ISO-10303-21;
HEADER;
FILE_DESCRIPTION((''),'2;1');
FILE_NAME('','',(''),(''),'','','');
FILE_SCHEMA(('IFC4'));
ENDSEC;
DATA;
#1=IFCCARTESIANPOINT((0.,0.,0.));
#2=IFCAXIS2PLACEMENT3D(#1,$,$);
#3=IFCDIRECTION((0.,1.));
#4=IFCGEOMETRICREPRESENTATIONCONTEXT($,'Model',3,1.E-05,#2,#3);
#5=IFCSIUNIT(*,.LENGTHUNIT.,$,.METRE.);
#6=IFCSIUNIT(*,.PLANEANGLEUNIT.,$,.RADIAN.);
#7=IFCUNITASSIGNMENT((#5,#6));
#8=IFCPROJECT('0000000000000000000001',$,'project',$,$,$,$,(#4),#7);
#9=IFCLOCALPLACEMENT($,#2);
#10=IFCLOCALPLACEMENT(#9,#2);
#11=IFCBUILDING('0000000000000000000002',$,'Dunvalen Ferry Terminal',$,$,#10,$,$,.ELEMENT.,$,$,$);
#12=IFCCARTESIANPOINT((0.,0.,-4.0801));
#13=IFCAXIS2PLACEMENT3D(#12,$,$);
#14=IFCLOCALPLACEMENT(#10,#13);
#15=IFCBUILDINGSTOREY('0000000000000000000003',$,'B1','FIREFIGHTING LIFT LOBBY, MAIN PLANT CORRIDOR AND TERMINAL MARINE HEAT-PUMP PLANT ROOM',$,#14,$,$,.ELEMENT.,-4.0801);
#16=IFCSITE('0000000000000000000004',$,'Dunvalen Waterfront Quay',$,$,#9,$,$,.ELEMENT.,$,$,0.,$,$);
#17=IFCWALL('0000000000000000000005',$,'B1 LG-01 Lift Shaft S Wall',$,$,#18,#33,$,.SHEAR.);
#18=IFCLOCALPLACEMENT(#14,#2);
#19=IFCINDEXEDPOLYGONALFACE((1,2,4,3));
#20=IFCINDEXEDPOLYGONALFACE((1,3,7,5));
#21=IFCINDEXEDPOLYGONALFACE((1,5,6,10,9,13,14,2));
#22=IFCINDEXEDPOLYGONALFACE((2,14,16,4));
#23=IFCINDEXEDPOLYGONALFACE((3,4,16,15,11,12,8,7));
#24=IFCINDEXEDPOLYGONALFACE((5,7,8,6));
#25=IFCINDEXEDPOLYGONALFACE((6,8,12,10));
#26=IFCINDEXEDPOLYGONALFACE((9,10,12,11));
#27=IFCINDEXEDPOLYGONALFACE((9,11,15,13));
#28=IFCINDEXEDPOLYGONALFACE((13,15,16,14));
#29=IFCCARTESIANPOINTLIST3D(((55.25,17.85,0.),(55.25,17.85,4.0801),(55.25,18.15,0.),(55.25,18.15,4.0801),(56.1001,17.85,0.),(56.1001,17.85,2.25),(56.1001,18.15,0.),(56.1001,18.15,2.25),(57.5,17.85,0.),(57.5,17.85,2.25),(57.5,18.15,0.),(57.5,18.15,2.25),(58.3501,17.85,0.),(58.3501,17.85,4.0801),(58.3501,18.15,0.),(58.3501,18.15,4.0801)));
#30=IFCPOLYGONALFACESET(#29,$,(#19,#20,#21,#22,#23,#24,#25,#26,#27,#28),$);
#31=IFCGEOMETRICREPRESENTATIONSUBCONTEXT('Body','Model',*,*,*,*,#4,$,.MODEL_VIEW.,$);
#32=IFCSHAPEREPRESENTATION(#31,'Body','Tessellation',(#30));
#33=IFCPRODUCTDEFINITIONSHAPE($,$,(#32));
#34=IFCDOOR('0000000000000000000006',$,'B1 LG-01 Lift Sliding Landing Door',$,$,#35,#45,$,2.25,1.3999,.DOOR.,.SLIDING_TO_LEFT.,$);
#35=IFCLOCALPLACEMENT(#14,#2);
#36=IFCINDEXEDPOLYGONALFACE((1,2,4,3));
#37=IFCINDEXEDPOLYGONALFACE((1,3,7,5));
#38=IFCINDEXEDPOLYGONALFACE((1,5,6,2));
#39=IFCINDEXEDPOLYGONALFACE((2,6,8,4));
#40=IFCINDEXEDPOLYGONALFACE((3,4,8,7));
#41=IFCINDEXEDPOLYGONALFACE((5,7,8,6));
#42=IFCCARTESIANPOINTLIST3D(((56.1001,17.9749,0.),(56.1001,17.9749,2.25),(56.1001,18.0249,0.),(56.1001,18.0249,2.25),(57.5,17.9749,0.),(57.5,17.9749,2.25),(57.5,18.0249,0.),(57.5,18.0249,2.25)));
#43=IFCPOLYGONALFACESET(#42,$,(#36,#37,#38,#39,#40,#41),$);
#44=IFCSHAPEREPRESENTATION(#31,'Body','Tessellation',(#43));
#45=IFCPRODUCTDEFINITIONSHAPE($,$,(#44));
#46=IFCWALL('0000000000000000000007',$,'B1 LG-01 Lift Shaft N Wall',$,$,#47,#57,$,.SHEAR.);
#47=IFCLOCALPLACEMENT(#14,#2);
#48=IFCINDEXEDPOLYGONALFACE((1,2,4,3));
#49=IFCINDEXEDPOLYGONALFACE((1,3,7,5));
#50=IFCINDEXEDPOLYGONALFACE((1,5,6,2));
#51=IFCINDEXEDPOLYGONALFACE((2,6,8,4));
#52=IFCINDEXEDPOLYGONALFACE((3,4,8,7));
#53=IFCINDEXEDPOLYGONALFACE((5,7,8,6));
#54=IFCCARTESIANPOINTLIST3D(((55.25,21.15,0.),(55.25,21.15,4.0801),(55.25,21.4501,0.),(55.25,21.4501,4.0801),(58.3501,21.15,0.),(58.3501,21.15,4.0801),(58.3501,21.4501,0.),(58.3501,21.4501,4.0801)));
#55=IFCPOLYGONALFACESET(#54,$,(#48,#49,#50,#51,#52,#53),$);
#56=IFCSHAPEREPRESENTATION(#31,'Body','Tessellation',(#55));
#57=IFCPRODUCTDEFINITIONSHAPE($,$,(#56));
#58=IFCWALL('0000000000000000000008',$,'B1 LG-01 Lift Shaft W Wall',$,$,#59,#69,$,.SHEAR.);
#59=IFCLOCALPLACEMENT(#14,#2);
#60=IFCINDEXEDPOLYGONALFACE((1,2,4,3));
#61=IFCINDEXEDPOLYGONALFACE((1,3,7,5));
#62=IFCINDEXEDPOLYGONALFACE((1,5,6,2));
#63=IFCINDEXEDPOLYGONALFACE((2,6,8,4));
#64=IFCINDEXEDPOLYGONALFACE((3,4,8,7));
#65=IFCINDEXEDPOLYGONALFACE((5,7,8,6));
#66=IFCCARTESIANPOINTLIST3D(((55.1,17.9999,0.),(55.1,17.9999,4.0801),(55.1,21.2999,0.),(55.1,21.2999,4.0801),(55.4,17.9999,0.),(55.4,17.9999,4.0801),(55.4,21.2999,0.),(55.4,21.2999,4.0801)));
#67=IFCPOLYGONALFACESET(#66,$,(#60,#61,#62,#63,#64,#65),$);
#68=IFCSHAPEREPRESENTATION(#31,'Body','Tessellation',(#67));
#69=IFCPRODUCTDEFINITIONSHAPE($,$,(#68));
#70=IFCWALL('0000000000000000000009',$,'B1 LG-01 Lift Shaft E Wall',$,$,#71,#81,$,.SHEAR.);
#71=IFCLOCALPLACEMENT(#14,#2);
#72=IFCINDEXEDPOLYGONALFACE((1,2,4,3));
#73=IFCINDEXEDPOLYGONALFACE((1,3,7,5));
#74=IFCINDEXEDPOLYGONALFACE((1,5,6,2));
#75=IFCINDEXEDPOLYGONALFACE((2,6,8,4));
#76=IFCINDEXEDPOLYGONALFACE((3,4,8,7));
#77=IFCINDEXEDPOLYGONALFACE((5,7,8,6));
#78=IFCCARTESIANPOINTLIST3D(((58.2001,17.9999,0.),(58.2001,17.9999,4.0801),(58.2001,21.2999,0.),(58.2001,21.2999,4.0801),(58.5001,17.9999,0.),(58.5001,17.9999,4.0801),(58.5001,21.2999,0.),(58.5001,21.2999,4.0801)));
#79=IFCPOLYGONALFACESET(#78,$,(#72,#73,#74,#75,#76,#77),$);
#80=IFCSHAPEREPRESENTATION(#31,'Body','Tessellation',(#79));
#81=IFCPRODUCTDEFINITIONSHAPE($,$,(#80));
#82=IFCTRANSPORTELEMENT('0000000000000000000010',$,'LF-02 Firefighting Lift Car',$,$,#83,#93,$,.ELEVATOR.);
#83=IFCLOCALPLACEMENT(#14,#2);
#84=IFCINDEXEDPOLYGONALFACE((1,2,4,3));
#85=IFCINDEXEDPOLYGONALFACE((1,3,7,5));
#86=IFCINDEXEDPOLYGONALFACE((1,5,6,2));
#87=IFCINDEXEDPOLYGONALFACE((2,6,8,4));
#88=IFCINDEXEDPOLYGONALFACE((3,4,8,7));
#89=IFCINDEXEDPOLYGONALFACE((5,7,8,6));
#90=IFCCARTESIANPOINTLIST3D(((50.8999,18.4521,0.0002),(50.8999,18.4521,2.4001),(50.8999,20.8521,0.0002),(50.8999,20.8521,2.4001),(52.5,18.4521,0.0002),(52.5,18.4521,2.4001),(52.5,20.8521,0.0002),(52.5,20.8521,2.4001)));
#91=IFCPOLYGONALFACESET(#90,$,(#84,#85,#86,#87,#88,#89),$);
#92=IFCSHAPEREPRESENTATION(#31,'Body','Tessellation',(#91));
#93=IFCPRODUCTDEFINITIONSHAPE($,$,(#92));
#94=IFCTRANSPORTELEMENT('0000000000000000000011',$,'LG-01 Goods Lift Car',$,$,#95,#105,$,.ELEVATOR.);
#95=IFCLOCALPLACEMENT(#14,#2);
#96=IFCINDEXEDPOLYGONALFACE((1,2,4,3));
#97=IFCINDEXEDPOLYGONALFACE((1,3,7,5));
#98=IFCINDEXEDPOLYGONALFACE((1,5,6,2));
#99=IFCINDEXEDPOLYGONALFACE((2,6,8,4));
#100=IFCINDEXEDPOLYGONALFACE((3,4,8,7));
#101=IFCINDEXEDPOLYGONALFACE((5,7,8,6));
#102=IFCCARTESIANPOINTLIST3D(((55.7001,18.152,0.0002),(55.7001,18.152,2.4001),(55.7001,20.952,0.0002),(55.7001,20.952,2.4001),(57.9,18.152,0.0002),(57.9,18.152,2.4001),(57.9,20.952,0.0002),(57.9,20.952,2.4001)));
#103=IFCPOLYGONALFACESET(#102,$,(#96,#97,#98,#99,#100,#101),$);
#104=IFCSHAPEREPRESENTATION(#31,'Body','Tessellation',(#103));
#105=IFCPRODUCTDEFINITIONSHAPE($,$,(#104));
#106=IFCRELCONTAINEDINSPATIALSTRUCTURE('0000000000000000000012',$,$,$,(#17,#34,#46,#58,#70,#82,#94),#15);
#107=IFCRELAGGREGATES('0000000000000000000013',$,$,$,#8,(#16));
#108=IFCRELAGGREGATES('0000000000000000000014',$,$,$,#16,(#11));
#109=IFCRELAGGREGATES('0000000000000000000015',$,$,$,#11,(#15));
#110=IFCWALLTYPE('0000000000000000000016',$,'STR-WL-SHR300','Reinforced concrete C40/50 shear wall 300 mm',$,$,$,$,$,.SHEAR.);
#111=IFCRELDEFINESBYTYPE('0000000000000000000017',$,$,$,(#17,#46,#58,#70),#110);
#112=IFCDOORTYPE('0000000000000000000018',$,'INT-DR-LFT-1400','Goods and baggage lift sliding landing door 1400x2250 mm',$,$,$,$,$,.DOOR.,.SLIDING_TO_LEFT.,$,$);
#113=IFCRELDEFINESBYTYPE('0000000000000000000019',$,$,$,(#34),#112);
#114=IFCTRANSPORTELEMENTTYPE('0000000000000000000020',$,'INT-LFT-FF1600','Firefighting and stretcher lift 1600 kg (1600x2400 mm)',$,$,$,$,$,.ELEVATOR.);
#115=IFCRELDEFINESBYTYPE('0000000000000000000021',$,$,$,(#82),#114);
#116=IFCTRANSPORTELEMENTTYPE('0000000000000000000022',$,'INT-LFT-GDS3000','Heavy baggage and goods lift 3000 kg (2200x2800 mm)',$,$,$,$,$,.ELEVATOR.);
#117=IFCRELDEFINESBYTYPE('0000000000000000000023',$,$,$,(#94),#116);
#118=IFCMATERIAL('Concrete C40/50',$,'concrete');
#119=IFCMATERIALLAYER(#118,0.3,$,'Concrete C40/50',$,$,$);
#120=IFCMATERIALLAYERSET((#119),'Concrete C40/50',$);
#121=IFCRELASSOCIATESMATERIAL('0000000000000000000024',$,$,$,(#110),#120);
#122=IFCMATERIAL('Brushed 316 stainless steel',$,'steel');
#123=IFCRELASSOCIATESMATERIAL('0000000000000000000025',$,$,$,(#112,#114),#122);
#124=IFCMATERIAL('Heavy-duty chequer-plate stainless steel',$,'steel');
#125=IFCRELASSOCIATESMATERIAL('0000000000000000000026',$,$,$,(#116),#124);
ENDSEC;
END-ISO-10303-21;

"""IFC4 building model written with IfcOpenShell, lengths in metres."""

from ifc_helpers import new_model, si_unit, direction, frame, frame_2d, origin, origin_2d, place, context, subcontext, project, spatial, rectangle, extrude, material, layer, layer_set, type_object, element, fill, save


model = new_model("IFC4")

# Units and contexts
model_context = context("Model", 3, precision=1e-05, world=origin(), true_north=direction((0.0, 1.0)))
body_context = subcontext(model_context, "Body", "Model", "MODEL_VIEW")
ifc_project = project(units=[si_unit("LENGTHUNIT", "METRE"), si_unit("PLANEANGLEUNIT", "RADIAN")], contexts=[model_context])

# Site, building, storey
site_placement = place(None, origin())
site = spatial("IfcSite", under=ifc_project, at=site_placement, Name="Dunvalen Waterfront Quay", CompositionType="ELEMENT", RefElevation=0.0)
building_placement = place(site_placement, origin())
building = spatial("IfcBuilding", under=site, at=building_placement, Name="Dunvalen Ferry Terminal", CompositionType="ELEMENT")
storey_placement = place(building_placement, frame((0.0, 0.0, -4.0801)))
storey = spatial("IfcBuildingStorey", under=building, at=storey_placement, Name="B1", Description="FIREFIGHTING LIFT LOBBY, MAIN PLANT CORRIDOR AND TERMINAL MARINE HEAT-PUMP PLANT ROOM", CompositionType="ELEMENT", Elevation=-4.0801)

# Shared definitions
ifc_material_1 = material(Name="Concrete C40/50", Category="concrete")

# Shared definitions
ifc_layer_1 = layer(ifc_material_1, 0.3, Name="Concrete C40/50")
ifc_layer_set_1 = layer_set([ifc_layer_1], Name="Concrete C40/50")
wall_type_1 = type_object("IfcWallType", Name="STR-WL-SHR300", Description="Reinforced concrete C40/50 shear wall 300 mm", PredefinedType="SHEAR", material=ifc_layer_set_1)
ifc_material_2 = material(Name="Brushed 316 stainless steel", Category="steel")

# Wall, opening, door
wall_1_placement = place(storey_placement, frame((55.25, 18.0, 0.0), z_axis=(0.0, 0.0, 1.0), x_axis=(1.0, 0.0, 0.0)))
wall_1 = element("IfcWall", 1, at=wall_1_placement, inside=storey, type_object=wall_type_1, Name="B1 LG-01 Lift Shaft S Wall", PredefinedType="SHEAR", context=body_context, shape_type="SweptSolid", body=[
    extrude(rectangle(XDim=3.1001, YDim=0.3, at=frame_2d((1.55, 0.0))), origin(), (0.0, 0.0, 1.0), 4.0801),
])
opening_1_placement = place(wall_1_placement, frame((0.8501, 0.0, 0.0)))
opening_1 = element("IfcOpeningElement", 2, at=opening_1_placement, cuts=wall_1, PredefinedType="OPENING", context=body_context, shape_type="SweptSolid", body=[
    extrude(rectangle(XDim=1.3999, YDim=2.25, at=frame_2d((0.7, 1.125))), frame((0.0, 0.1602, 0.0), z_axis=(0.0, -1.0, 0.0), x_axis=(1.0, 0.0, 0.0)), (0.0, 0.0, 1.0), 0.3201),
])
door_type_1 = type_object("IfcDoorType", Name="INT-DR-LFT-1400", Description="Goods and baggage lift sliding landing door 1400x2250 mm", OperationType="SLIDING_TO_LEFT", PredefinedType="DOOR", material=ifc_material_2)
door_1_placement = place(opening_1_placement, origin())
door_1 = element("IfcDoor", 3, at=door_1_placement, inside=storey, type_object=door_type_1, Name="B1 LG-01 Lift Sliding Landing Door", OperationType="SLIDING_TO_LEFT", OverallHeight=2.25, OverallWidth=1.3999, PredefinedType="DOOR", context=body_context, shape_type="SweptSolid", body=[
    extrude(rectangle(XDim=1.3999, YDim=2.25, at=frame_2d((0.7, 1.125))), frame((0.0, 0.0249, 0.0), z_axis=(0.0, -1.0, 0.0), x_axis=(1.0, 0.0, 0.0)), (0.0, 0.0, 1.0), 0.05),
])
fill(opening_1, door_1)

# Walls
wall_2_placement = place(storey_placement, frame((55.25, 21.3, 0.0), z_axis=(0.0, 0.0, 1.0), x_axis=(1.0, 0.0, 0.0)))
element("IfcWall", 4, at=wall_2_placement, inside=storey, type_object=wall_type_1, Name="B1 LG-01 Lift Shaft N Wall", PredefinedType="SHEAR", context=body_context, shape_type="SweptSolid", body=[
    extrude(rectangle(XDim=3.1001, YDim=0.3, at=frame_2d((1.55, 0.0))), origin(), (0.0, 0.0, 1.0), 4.0801),
])
for number, where, z_axis, x_axis, name in (
    (5, (55.25, 18.0, 0.0), (0.0, 0.0, 1.0), (0.0, 1.0, 0.0), "B1 LG-01 Lift Shaft W Wall"),
    (6, (58.3501, 18.0, 0.0), (0.0, 0.0, 1.0), (0.0, 1.0, 0.0), "B1 LG-01 Lift Shaft E Wall"),
):
    element("IfcWall", number, at=place(storey_placement, frame(where, z_axis=z_axis, x_axis=x_axis)), inside=storey, type_object=wall_type_1, Name=name, PredefinedType="SHEAR", context=body_context, shape_type="SweptSolid", body=[
        extrude(rectangle(XDim=3.3, YDim=0.3, at=frame_2d((1.6499, 0.0))), origin(), (0.0, 0.0, 1.0), 4.0801),
    ])

# Transport elements
transport_element_type_1 = type_object("IfcTransportElementType", Name="INT-LFT-FF1600", Description="Firefighting and stretcher lift 1600 kg (1600x2400 mm)", PredefinedType="ELEVATOR", material=ifc_material_2)
transport_element_1_placement = place(storey_placement, frame((51.7, 19.6521, 0.0002), z_axis=(0.0, 0.0, 1.0), x_axis=(1.0, 0.0, 0.0)))
element("IfcTransportElement", 7, at=transport_element_1_placement, inside=storey, type_object=transport_element_type_1, Name="LF-02 Firefighting Lift Car", PredefinedType="ELEVATOR", context=body_context, shape_type="SweptSolid", body=[
    extrude(rectangle(XDim=1.6001, YDim=2.3999, at=origin_2d()), origin(), (0.0, 0.0, 1.0), 2.3999),
])
ifc_material_3 = material(Name="Heavy-duty chequer-plate stainless steel", Category="steel")
transport_element_type_2 = type_object("IfcTransportElementType", Name="INT-LFT-GDS3000", Description="Heavy baggage and goods lift 3000 kg (2200x2800 mm)", PredefinedType="ELEVATOR", material=ifc_material_3)
transport_element_2_placement = place(storey_placement, frame((56.8, 19.552, 0.0002), z_axis=(0.0, 0.0, 1.0), x_axis=(1.0, 0.0, 0.0)))
element("IfcTransportElement", 8, at=transport_element_2_placement, inside=storey, type_object=transport_element_type_2, Name="LG-01 Goods Lift Car", PredefinedType="ELEVATOR", context=body_context, shape_type="SweptSolid", body=[
    extrude(rectangle(XDim=2.2, YDim=2.8, at=origin_2d()), origin(), (0.0, 0.0, 1.0), 2.3999),
])

save(model, "model.ifc")
